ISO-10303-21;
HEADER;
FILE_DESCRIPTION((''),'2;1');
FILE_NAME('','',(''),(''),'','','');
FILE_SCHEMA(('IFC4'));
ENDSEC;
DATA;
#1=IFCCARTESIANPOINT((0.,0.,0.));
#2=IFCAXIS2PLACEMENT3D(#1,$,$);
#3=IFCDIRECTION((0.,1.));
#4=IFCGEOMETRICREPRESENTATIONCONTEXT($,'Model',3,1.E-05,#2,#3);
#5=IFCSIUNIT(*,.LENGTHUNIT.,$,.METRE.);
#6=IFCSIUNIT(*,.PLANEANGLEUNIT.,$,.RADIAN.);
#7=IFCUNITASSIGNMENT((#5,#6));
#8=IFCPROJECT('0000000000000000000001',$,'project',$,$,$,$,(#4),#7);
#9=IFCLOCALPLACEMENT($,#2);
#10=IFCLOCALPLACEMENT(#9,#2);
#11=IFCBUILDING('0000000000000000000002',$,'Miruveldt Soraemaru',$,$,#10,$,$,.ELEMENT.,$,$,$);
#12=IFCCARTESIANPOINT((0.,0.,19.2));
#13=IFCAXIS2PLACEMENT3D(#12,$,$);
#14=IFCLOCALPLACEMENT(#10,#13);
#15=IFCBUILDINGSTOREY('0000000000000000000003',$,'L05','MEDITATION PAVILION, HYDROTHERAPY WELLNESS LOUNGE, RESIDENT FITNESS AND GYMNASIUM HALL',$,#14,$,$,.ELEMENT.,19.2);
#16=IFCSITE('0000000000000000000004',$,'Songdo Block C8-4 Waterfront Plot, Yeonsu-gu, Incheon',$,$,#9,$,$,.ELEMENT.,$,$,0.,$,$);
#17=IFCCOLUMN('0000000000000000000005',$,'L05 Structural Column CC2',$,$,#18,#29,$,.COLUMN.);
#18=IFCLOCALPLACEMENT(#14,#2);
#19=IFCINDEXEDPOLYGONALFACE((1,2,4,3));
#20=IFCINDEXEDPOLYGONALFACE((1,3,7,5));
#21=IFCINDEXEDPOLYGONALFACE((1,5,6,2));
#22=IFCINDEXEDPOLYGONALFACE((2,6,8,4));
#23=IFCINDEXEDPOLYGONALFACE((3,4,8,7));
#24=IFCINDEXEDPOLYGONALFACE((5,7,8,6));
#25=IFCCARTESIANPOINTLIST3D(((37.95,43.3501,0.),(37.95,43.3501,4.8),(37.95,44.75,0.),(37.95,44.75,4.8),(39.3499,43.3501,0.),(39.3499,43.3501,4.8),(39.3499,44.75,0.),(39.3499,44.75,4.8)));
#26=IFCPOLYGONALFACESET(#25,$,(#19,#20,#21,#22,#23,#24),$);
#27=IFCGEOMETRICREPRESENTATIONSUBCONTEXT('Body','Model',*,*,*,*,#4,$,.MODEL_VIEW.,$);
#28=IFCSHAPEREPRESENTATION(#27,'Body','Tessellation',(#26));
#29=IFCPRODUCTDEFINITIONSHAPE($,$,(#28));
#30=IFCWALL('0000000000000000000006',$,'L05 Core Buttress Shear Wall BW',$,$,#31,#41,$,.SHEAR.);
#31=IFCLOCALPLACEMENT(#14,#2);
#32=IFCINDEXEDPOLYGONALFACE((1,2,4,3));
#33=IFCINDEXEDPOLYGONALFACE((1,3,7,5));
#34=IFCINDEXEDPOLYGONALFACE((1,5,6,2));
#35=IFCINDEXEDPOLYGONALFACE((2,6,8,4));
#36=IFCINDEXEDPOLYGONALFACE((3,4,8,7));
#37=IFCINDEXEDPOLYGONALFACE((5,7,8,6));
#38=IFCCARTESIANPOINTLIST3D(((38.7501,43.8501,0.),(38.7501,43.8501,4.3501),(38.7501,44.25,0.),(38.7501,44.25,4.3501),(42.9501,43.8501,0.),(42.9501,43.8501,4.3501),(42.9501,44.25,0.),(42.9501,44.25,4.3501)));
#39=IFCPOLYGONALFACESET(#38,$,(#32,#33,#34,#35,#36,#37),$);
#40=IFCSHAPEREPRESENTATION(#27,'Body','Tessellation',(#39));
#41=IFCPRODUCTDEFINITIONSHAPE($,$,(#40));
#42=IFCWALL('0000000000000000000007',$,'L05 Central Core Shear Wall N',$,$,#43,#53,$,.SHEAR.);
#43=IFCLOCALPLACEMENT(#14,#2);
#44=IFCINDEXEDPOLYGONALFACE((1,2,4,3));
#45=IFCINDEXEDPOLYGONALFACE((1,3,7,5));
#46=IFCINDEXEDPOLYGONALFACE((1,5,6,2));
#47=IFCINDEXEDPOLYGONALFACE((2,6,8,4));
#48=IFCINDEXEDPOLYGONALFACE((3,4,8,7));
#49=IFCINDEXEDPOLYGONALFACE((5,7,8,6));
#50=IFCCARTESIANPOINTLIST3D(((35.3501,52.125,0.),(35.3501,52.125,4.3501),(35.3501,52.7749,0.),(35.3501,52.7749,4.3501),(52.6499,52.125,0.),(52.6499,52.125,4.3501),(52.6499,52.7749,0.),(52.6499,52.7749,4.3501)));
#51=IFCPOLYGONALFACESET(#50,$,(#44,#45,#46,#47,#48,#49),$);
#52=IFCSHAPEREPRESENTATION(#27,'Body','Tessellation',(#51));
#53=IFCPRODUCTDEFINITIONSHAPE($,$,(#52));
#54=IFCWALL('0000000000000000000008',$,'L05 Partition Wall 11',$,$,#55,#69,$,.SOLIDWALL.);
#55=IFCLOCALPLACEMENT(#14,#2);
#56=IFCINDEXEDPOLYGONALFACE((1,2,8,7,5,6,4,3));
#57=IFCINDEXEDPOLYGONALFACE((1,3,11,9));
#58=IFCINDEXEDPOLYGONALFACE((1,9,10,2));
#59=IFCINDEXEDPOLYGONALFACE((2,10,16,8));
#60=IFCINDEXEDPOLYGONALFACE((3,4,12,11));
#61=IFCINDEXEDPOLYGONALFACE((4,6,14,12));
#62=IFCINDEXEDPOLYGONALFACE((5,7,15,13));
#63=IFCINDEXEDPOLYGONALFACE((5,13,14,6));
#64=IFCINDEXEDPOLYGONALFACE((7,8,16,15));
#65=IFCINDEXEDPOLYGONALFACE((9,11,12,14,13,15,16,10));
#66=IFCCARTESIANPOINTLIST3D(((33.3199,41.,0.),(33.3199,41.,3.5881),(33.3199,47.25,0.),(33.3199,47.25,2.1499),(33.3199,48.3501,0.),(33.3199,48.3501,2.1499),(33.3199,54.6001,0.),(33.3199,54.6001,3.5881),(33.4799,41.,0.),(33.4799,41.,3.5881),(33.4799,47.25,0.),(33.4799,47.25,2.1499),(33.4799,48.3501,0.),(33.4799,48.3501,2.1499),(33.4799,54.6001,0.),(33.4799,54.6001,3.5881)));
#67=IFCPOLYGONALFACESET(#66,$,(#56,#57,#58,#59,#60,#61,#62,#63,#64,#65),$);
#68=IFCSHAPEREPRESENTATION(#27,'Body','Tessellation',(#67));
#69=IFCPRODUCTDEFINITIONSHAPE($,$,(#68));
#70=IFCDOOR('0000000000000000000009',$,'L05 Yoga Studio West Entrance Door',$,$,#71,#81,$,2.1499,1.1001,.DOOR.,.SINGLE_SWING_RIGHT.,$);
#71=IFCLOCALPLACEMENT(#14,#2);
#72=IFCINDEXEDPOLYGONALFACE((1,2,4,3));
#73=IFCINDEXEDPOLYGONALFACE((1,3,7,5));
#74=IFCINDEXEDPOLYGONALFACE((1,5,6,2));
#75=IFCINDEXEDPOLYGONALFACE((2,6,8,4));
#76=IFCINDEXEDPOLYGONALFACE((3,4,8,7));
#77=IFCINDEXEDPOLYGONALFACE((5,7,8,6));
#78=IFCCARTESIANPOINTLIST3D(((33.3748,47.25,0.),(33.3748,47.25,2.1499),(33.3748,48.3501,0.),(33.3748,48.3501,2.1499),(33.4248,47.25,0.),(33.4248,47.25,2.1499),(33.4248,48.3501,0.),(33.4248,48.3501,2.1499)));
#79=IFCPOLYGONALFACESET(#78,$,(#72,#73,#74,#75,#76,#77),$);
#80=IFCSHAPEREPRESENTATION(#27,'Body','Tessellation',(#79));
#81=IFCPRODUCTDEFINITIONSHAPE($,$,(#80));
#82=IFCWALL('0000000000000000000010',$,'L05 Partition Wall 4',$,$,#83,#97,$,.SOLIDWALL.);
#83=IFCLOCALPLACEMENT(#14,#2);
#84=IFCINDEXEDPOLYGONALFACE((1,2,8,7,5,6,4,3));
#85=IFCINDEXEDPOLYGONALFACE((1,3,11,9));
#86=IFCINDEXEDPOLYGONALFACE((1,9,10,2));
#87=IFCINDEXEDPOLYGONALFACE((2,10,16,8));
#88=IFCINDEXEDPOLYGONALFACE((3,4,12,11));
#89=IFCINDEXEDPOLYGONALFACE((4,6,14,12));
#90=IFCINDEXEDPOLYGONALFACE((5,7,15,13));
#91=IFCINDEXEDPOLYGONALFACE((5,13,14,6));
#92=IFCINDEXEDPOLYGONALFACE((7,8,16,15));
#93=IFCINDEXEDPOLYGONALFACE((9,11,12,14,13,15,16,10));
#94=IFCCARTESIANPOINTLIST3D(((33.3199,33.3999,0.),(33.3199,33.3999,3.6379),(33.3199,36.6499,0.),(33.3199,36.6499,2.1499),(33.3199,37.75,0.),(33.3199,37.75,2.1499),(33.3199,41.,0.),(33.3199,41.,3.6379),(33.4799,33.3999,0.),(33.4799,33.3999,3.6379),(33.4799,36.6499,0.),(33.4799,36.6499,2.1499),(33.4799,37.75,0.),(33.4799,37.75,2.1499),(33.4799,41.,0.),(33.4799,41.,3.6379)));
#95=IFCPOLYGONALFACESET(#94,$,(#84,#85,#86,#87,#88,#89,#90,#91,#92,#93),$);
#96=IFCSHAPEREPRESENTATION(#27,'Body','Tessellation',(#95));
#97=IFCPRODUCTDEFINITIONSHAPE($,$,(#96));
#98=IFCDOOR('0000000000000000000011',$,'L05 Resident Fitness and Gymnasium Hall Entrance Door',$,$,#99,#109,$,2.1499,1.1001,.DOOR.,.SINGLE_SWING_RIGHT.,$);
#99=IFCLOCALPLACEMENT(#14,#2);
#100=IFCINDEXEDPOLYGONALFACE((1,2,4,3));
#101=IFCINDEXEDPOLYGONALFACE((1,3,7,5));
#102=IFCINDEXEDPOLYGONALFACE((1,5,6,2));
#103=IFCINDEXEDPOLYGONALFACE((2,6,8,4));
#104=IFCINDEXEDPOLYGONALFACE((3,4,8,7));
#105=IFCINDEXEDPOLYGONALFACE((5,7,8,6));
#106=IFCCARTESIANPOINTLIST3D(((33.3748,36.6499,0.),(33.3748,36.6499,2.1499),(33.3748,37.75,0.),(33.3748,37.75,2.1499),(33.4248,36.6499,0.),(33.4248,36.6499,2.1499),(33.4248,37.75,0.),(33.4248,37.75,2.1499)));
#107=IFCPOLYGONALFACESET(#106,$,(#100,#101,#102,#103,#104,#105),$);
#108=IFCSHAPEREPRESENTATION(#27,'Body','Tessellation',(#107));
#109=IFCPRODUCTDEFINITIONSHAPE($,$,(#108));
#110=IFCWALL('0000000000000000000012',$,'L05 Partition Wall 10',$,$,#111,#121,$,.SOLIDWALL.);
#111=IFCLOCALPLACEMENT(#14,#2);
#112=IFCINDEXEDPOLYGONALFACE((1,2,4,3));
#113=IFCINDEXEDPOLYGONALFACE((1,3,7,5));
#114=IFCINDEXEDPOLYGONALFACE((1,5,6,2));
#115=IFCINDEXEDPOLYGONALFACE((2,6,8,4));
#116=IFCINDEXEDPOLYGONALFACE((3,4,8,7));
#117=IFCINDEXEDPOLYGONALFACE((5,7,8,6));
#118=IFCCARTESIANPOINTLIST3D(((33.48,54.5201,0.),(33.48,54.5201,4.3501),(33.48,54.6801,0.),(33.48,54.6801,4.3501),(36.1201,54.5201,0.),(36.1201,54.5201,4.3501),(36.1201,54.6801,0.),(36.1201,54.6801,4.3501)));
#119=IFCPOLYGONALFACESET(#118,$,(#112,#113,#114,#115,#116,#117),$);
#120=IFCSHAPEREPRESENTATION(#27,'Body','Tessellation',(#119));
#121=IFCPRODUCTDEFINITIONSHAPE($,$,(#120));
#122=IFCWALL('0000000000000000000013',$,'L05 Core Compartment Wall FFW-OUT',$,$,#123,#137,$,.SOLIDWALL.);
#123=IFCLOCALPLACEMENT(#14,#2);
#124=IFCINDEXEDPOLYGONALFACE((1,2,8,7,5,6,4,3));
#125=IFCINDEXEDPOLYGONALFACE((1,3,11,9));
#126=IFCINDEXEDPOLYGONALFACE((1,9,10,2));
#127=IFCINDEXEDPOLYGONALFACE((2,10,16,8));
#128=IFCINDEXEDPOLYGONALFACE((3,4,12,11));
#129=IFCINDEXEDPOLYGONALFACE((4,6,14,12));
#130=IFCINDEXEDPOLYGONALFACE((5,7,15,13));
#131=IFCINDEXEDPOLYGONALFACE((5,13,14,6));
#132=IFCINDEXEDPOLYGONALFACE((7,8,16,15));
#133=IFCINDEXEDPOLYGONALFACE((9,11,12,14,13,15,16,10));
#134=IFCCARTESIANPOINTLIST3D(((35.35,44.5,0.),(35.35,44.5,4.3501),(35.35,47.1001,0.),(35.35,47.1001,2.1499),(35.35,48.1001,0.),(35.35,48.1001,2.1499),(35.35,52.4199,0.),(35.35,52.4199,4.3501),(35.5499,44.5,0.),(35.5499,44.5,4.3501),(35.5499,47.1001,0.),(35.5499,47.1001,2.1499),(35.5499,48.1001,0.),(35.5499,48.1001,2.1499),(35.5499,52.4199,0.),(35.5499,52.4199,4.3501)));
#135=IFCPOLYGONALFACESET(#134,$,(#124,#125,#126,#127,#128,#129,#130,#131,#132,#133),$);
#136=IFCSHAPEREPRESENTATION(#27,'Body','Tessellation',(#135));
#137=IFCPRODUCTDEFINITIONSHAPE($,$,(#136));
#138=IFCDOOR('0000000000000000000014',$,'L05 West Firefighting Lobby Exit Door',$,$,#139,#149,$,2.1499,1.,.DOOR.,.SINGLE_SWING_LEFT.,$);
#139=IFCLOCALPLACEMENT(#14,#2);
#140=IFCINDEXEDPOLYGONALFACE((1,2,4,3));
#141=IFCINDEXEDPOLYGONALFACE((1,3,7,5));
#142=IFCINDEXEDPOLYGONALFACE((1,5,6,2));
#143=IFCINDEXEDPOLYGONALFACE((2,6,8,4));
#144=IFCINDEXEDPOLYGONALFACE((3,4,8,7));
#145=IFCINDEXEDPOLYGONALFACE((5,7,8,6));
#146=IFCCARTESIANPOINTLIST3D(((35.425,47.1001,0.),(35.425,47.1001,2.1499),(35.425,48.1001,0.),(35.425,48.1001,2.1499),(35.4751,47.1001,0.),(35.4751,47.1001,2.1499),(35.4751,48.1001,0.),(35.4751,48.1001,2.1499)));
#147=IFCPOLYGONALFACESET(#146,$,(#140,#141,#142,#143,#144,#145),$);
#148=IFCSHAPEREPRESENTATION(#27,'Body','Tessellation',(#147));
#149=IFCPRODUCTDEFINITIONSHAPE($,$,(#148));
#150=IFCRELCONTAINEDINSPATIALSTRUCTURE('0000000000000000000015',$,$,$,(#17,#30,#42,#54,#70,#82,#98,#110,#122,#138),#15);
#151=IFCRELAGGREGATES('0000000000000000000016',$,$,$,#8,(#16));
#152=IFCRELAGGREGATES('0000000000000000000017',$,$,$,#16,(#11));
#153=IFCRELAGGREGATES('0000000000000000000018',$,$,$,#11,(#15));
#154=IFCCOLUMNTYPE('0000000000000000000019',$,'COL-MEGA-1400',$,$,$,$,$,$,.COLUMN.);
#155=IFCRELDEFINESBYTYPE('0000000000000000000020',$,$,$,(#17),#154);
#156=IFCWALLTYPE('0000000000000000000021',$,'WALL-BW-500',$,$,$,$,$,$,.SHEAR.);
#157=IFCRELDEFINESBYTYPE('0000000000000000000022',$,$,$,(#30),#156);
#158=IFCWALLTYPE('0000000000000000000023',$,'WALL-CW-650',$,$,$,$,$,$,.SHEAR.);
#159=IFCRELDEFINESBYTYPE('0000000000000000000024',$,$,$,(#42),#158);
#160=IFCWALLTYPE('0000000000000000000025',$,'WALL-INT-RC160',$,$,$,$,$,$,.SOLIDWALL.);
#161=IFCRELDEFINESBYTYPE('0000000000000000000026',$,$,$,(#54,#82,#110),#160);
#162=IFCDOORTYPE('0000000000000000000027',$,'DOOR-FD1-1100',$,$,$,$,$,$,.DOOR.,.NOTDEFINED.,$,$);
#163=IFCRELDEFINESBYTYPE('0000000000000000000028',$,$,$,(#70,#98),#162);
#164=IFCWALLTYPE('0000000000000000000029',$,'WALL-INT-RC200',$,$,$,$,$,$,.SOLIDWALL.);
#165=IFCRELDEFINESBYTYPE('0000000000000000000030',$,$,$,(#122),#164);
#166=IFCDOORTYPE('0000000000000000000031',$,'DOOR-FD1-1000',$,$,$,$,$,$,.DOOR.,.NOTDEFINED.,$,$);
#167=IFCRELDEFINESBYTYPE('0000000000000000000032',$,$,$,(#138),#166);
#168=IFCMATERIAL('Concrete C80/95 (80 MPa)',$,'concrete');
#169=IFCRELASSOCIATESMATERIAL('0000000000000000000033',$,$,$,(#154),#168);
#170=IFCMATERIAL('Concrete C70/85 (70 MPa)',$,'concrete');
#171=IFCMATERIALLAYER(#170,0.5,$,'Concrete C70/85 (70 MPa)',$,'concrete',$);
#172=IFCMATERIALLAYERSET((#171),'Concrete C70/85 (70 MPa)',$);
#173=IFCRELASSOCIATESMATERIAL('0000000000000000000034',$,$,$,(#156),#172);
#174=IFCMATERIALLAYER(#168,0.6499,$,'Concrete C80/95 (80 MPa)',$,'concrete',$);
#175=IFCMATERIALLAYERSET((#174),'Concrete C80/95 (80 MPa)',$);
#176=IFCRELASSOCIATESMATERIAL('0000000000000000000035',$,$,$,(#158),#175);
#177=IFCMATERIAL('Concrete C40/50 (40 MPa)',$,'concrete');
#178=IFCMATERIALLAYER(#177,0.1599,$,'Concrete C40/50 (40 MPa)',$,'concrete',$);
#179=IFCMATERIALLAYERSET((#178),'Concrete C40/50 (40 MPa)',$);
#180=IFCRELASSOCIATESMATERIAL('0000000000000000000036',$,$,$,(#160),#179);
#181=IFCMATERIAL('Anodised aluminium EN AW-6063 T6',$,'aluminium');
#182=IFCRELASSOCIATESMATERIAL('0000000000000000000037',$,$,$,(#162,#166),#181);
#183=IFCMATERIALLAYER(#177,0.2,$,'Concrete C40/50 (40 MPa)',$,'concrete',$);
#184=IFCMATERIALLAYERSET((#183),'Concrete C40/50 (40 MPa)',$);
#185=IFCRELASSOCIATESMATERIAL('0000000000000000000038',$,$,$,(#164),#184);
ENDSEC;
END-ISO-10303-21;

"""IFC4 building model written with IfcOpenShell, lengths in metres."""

from ifc_helpers import new_model, si_unit, direction, frame, frame_2d, origin, origin_2d, place, context, subcontext, project, spatial, rectangle, extrude, material, layer, layer_set, material_profile, profile_set, type_object, element, fill, save


model = new_model("IFC4")

# Units and contexts
model_context = context("Model", 3, precision=1e-05, world=origin(), true_north=direction((0.0, 1.0)))
body_context = subcontext(model_context, "Body", "Model", "MODEL_VIEW")
ifc_project = project(units=[si_unit("LENGTHUNIT", "METRE"), si_unit("PLANEANGLEUNIT", "RADIAN")], contexts=[model_context])

# Site, building, storey
site_placement = place(None, origin())
site = spatial("IfcSite", under=ifc_project, at=site_placement, Name="Songdo Block C8-4 Waterfront Plot, Yeonsu-gu, Incheon", CompositionType="ELEMENT", RefElevation=0.0)
building_placement = place(site_placement, origin())
building = spatial("IfcBuilding", under=site, at=building_placement, Name="Miruveldt Soraemaru", CompositionType="ELEMENT")
storey_placement = place(building_placement, frame((0.0, 0.0, 19.2)))
storey = spatial("IfcBuildingStorey", under=building, at=storey_placement, Name="L05", Description="MEDITATION PAVILION, HYDROTHERAPY WELLNESS LOUNGE, RESIDENT FITNESS AND GYMNASIUM HALL", CompositionType="ELEMENT", Elevation=19.2)

# Column
ifc_material_1 = material(Name="Concrete C80/95 (80 MPa)", Category="concrete")
ifc_material_profile = material_profile(ifc_material_1, rectangle(XDim=1.3999, YDim=1.3999, at=origin_2d()), Name="Concrete C80/95 (80 MPa)", Category="concrete")
ifc_profile_set = profile_set([ifc_material_profile], Name="Concrete C80/95 (80 MPa)")
column_type = type_object("IfcColumnType", Name="COL-MEGA-1400", PredefinedType="COLUMN", material=ifc_profile_set)
column_placement = place(storey_placement, frame((38.6499, 44.05, 0.0), z_axis=(0.0, 0.0, 1.0), x_axis=(1.0, 0.0, 0.0)))
element("IfcColumn", 1, at=column_placement, inside=storey, type_object=column_type, Name="L05 Structural Column CC2", PredefinedType="COLUMN", context=body_context, shape_type="SweptSolid", body=[
    extrude(rectangle(XDim=1.3999, YDim=1.3999, at=origin_2d()), origin(), (0.0, 0.0, 1.0), 4.8),
])

# Walls
ifc_material_2 = material(Name="Concrete C70/85 (70 MPa)", Category="concrete")
ifc_layer_1 = layer(ifc_material_2, 0.5, Name="Concrete C70/85 (70 MPa)", Category="concrete")
ifc_layer_set_1 = layer_set([ifc_layer_1], Name="Concrete C70/85 (70 MPa)")
wall_type_1 = type_object("IfcWallType", Name="WALL-BW-500", PredefinedType="SHEAR", material=ifc_layer_set_1)
wall_1_placement = place(storey_placement, frame((38.75, 44.05, 0.0), z_axis=(0.0, 0.0, 1.0), x_axis=(1.0, 0.0, 0.0)))
element("IfcWall", 2, at=wall_1_placement, inside=storey, type_object=wall_type_1, Name="L05 Core Buttress Shear Wall BW", PredefinedType="SHEAR", context=body_context, shape_type="SweptSolid", body=[
    extrude(rectangle(XDim=4.2, YDim=0.3999, at=frame_2d((2.1001, 0.0))), origin(), (0.0, 0.0, 1.0), 4.3501),
])
ifc_layer_2 = layer(ifc_material_1, 0.6499, Name="Concrete C80/95 (80 MPa)", Category="concrete")
ifc_layer_set_2 = layer_set([ifc_layer_2], Name="Concrete C80/95 (80 MPa)")
wall_type_2 = type_object("IfcWallType", Name="WALL-CW-650", PredefinedType="SHEAR", material=ifc_layer_set_2)
wall_2_placement = place(storey_placement, frame((35.3501, 52.45, 0.0), z_axis=(0.0, 0.0, 1.0), x_axis=(1.0, 0.0, 0.0)))
element("IfcWall", 3, at=wall_2_placement, inside=storey, type_object=wall_type_2, Name="L05 Central Core Shear Wall N", PredefinedType="SHEAR", context=body_context, shape_type="SweptSolid", body=[
    extrude(rectangle(XDim=17.2998, YDim=0.6499, at=frame_2d((8.6499, 0.0))), origin(), (0.0, 0.0, 1.0), 4.3501),
])

# Walls, openings, doors
ifc_material_3 = material(Name="Concrete C40/50 (40 MPa)", Category="concrete")
ifc_layer_3 = layer(ifc_material_3, 0.1599, Name="Concrete C40/50 (40 MPa)", Category="concrete")
ifc_layer_set_3 = layer_set([ifc_layer_3], Name="Concrete C40/50 (40 MPa)")
wall_type_3 = type_object("IfcWallType", Name="WALL-INT-RC160", PredefinedType="SOLIDWALL", material=ifc_layer_set_3)
wall_3_placement = place(storey_placement, frame((33.3999, 54.6001, 0.0), z_axis=(0.0, 0.0, 1.0), x_axis=(0.0, -1.0, 0.0)))
wall_3 = element("IfcWall", 4, at=wall_3_placement, inside=storey, type_object=wall_type_3, Name="L05 Partition Wall 11", PredefinedType="SOLIDWALL", context=body_context, shape_type="SweptSolid", body=[
    extrude(rectangle(XDim=13.6001, YDim=0.1599, at=frame_2d((6.8, 0.0))), origin(), (0.0, 0.0, 1.0), 3.5881),
])
opening_1_placement = place(wall_3_placement, frame((6.25, 0.0, 0.0)))
opening_1 = element("IfcOpeningElement", 5, at=opening_1_placement, cuts=wall_3, PredefinedType="OPENING", context=body_context, shape_type="SweptSolid", body=[
    extrude(rectangle(XDim=1.1001, YDim=2.1499, at=frame_2d((0.55, 1.075))), frame((0.0, 0.0898, 0.0), z_axis=(0.0, -1.0, 0.0), x_axis=(1.0, 0.0, 0.0)), (0.0, 0.0, 1.0), 0.1799),
])
ifc_material_4 = material(Name="Anodised aluminium EN AW-6063 T6", Category="aluminium")
door_type_1 = type_object("IfcDoorType", Name="DOOR-FD1-1100", OperationType="NOTDEFINED", PredefinedType="DOOR", material=ifc_material_4)
door_1_placement = place(opening_1_placement, origin())
door_1 = element("IfcDoor", 6, at=door_1_placement, inside=storey, type_object=door_type_1, Name="L05 Yoga Studio West Entrance Door", OperationType="SINGLE_SWING_RIGHT", OverallHeight=2.1499, OverallWidth=1.1001, PredefinedType="DOOR", context=body_context, shape_type="SweptSolid", body=[
    extrude(rectangle(XDim=1.1001, YDim=2.1499, at=frame_2d((0.55, 1.075))), frame((0.0, 0.0249, 0.0), z_axis=(0.0, -1.0, 0.0), x_axis=(1.0, 0.0, 0.0)), (0.0, 0.0, 1.0), 0.05),
])
fill(opening_1, door_1)
wall_4_placement = place(storey_placement, frame((33.3999, 41.0, 0.0), z_axis=(0.0, 0.0, 1.0), x_axis=(0.0, -1.0, 0.0)))
wall_4 = element("IfcWall", 7, at=wall_4_placement, inside=storey, type_object=wall_type_3, Name="L05 Partition Wall 4", PredefinedType="SOLIDWALL", context=body_context, shape_type="SweptSolid", body=[
    extrude(rectangle(XDim=7.6001, YDim=0.1599, at=frame_2d((3.8, 0.0))), origin(), (0.0, 0.0, 1.0), 3.6379),
])
opening_2_placement = place(wall_4_placement, frame((3.25, 0.0, 0.0)))
opening_2 = element("IfcOpeningElement", 8, at=opening_2_placement, cuts=wall_4, PredefinedType="OPENING", context=body_context, shape_type="SweptSolid", body=[
    extrude(rectangle(XDim=1.1001, YDim=2.1499, at=frame_2d((0.55, 1.075))), frame((0.0, 0.0898, 0.0), z_axis=(0.0, -1.0, 0.0), x_axis=(1.0, 0.0, 0.0)), (0.0, 0.0, 1.0), 0.1799),
])
door_2_placement = place(opening_2_placement, origin())
door_2 = element("IfcDoor", 9, at=door_2_placement, inside=storey, type_object=door_type_1, Name="L05 Resident Fitness and Gymnasium Hall Entrance Door", OperationType="SINGLE_SWING_RIGHT", OverallHeight=2.1499, OverallWidth=1.1001, PredefinedType="DOOR", context=body_context, shape_type="SweptSolid", body=[
    extrude(rectangle(XDim=1.1001, YDim=2.1499, at=frame_2d((0.55, 1.075))), frame((0.0, 0.0249, 0.0), z_axis=(0.0, -1.0, 0.0), x_axis=(1.0, 0.0, 0.0)), (0.0, 0.0, 1.0), 0.05),
])
fill(opening_2, door_2)

# Wall
wall_5_placement = place(storey_placement, frame((36.1201, 54.6001, 0.0), z_axis=(0.0, 0.0, 1.0), x_axis=(-1.0, 0.0, 0.0)))
element("IfcWall", 10, at=wall_5_placement, inside=storey, type_object=wall_type_3, Name="L05 Partition Wall 10", PredefinedType="SOLIDWALL", context=body_context, shape_type="SweptSolid", body=[
    extrude(rectangle(XDim=2.6401, YDim=0.1599, at=frame_2d((1.3201, 0.0))), origin(), (0.0, 0.0, 1.0), 4.3501),
])

# Wall, opening, door
ifc_layer_4 = layer(ifc_material_3, 0.2, Name="Concrete C40/50 (40 MPa)", Category="concrete")
ifc_layer_set_4 = layer_set([ifc_layer_4], Name="Concrete C40/50 (40 MPa)")
wall_type_4 = type_object("IfcWallType", Name="WALL-INT-RC200", PredefinedType="SOLIDWALL", material=ifc_layer_set_4)
wall_6_placement = place(storey_placement, frame((35.45, 44.5, 0.0), z_axis=(0.0, 0.0, 1.0), x_axis=(0.0, 1.0, 0.0)))
wall_6 = element("IfcWall", 11, at=wall_6_placement, inside=storey, type_object=wall_type_4, Name="L05 Core Compartment Wall FFW-OUT", PredefinedType="SOLIDWALL", context=body_context, shape_type="SweptSolid", body=[
    extrude(rectangle(XDim=7.9199, YDim=0.2, at=frame_2d((3.96, 0.0))), origin(), (0.0, 0.0, 1.0), 4.3501),
])
opening_3_placement = place(wall_6_placement, frame((2.6001, 0.0, 0.0)))
opening_3 = element("IfcOpeningElement", 12, at=opening_3_placement, cuts=wall_6, PredefinedType="OPENING", context=body_context, shape_type="SweptSolid", body=[
    extrude(rectangle(XDim=1.0, YDim=2.1499, at=frame_2d((0.5, 1.075))), frame((0.0, 0.1099, 0.0), z_axis=(0.0, -1.0, 0.0), x_axis=(1.0, 0.0, 0.0)), (0.0, 0.0, 1.0), 0.22),
])
door_type_2 = type_object("IfcDoorType", Name="DOOR-FD1-1000", OperationType="NOTDEFINED", PredefinedType="DOOR", material=ifc_material_4)
door_3_placement = place(opening_3_placement, origin())
door_3 = element("IfcDoor", 13, at=door_3_placement, inside=storey, type_object=door_type_2, Name="L05 West Firefighting Lobby Exit Door", OperationType="SINGLE_SWING_LEFT", OverallHeight=2.1499, OverallWidth=1.0, PredefinedType="DOOR", context=body_context, shape_type="SweptSolid", body=[
    extrude(rectangle(XDim=1.0, YDim=2.1499, at=frame_2d((0.5, 1.075))), frame((0.0, 0.0249, 0.0), z_axis=(0.0, -1.0, 0.0), x_axis=(1.0, 0.0, 0.0)), (0.0, 0.0, 1.0), 0.05),
])
fill(opening_3, door_3)

save(model, "model.ifc")
